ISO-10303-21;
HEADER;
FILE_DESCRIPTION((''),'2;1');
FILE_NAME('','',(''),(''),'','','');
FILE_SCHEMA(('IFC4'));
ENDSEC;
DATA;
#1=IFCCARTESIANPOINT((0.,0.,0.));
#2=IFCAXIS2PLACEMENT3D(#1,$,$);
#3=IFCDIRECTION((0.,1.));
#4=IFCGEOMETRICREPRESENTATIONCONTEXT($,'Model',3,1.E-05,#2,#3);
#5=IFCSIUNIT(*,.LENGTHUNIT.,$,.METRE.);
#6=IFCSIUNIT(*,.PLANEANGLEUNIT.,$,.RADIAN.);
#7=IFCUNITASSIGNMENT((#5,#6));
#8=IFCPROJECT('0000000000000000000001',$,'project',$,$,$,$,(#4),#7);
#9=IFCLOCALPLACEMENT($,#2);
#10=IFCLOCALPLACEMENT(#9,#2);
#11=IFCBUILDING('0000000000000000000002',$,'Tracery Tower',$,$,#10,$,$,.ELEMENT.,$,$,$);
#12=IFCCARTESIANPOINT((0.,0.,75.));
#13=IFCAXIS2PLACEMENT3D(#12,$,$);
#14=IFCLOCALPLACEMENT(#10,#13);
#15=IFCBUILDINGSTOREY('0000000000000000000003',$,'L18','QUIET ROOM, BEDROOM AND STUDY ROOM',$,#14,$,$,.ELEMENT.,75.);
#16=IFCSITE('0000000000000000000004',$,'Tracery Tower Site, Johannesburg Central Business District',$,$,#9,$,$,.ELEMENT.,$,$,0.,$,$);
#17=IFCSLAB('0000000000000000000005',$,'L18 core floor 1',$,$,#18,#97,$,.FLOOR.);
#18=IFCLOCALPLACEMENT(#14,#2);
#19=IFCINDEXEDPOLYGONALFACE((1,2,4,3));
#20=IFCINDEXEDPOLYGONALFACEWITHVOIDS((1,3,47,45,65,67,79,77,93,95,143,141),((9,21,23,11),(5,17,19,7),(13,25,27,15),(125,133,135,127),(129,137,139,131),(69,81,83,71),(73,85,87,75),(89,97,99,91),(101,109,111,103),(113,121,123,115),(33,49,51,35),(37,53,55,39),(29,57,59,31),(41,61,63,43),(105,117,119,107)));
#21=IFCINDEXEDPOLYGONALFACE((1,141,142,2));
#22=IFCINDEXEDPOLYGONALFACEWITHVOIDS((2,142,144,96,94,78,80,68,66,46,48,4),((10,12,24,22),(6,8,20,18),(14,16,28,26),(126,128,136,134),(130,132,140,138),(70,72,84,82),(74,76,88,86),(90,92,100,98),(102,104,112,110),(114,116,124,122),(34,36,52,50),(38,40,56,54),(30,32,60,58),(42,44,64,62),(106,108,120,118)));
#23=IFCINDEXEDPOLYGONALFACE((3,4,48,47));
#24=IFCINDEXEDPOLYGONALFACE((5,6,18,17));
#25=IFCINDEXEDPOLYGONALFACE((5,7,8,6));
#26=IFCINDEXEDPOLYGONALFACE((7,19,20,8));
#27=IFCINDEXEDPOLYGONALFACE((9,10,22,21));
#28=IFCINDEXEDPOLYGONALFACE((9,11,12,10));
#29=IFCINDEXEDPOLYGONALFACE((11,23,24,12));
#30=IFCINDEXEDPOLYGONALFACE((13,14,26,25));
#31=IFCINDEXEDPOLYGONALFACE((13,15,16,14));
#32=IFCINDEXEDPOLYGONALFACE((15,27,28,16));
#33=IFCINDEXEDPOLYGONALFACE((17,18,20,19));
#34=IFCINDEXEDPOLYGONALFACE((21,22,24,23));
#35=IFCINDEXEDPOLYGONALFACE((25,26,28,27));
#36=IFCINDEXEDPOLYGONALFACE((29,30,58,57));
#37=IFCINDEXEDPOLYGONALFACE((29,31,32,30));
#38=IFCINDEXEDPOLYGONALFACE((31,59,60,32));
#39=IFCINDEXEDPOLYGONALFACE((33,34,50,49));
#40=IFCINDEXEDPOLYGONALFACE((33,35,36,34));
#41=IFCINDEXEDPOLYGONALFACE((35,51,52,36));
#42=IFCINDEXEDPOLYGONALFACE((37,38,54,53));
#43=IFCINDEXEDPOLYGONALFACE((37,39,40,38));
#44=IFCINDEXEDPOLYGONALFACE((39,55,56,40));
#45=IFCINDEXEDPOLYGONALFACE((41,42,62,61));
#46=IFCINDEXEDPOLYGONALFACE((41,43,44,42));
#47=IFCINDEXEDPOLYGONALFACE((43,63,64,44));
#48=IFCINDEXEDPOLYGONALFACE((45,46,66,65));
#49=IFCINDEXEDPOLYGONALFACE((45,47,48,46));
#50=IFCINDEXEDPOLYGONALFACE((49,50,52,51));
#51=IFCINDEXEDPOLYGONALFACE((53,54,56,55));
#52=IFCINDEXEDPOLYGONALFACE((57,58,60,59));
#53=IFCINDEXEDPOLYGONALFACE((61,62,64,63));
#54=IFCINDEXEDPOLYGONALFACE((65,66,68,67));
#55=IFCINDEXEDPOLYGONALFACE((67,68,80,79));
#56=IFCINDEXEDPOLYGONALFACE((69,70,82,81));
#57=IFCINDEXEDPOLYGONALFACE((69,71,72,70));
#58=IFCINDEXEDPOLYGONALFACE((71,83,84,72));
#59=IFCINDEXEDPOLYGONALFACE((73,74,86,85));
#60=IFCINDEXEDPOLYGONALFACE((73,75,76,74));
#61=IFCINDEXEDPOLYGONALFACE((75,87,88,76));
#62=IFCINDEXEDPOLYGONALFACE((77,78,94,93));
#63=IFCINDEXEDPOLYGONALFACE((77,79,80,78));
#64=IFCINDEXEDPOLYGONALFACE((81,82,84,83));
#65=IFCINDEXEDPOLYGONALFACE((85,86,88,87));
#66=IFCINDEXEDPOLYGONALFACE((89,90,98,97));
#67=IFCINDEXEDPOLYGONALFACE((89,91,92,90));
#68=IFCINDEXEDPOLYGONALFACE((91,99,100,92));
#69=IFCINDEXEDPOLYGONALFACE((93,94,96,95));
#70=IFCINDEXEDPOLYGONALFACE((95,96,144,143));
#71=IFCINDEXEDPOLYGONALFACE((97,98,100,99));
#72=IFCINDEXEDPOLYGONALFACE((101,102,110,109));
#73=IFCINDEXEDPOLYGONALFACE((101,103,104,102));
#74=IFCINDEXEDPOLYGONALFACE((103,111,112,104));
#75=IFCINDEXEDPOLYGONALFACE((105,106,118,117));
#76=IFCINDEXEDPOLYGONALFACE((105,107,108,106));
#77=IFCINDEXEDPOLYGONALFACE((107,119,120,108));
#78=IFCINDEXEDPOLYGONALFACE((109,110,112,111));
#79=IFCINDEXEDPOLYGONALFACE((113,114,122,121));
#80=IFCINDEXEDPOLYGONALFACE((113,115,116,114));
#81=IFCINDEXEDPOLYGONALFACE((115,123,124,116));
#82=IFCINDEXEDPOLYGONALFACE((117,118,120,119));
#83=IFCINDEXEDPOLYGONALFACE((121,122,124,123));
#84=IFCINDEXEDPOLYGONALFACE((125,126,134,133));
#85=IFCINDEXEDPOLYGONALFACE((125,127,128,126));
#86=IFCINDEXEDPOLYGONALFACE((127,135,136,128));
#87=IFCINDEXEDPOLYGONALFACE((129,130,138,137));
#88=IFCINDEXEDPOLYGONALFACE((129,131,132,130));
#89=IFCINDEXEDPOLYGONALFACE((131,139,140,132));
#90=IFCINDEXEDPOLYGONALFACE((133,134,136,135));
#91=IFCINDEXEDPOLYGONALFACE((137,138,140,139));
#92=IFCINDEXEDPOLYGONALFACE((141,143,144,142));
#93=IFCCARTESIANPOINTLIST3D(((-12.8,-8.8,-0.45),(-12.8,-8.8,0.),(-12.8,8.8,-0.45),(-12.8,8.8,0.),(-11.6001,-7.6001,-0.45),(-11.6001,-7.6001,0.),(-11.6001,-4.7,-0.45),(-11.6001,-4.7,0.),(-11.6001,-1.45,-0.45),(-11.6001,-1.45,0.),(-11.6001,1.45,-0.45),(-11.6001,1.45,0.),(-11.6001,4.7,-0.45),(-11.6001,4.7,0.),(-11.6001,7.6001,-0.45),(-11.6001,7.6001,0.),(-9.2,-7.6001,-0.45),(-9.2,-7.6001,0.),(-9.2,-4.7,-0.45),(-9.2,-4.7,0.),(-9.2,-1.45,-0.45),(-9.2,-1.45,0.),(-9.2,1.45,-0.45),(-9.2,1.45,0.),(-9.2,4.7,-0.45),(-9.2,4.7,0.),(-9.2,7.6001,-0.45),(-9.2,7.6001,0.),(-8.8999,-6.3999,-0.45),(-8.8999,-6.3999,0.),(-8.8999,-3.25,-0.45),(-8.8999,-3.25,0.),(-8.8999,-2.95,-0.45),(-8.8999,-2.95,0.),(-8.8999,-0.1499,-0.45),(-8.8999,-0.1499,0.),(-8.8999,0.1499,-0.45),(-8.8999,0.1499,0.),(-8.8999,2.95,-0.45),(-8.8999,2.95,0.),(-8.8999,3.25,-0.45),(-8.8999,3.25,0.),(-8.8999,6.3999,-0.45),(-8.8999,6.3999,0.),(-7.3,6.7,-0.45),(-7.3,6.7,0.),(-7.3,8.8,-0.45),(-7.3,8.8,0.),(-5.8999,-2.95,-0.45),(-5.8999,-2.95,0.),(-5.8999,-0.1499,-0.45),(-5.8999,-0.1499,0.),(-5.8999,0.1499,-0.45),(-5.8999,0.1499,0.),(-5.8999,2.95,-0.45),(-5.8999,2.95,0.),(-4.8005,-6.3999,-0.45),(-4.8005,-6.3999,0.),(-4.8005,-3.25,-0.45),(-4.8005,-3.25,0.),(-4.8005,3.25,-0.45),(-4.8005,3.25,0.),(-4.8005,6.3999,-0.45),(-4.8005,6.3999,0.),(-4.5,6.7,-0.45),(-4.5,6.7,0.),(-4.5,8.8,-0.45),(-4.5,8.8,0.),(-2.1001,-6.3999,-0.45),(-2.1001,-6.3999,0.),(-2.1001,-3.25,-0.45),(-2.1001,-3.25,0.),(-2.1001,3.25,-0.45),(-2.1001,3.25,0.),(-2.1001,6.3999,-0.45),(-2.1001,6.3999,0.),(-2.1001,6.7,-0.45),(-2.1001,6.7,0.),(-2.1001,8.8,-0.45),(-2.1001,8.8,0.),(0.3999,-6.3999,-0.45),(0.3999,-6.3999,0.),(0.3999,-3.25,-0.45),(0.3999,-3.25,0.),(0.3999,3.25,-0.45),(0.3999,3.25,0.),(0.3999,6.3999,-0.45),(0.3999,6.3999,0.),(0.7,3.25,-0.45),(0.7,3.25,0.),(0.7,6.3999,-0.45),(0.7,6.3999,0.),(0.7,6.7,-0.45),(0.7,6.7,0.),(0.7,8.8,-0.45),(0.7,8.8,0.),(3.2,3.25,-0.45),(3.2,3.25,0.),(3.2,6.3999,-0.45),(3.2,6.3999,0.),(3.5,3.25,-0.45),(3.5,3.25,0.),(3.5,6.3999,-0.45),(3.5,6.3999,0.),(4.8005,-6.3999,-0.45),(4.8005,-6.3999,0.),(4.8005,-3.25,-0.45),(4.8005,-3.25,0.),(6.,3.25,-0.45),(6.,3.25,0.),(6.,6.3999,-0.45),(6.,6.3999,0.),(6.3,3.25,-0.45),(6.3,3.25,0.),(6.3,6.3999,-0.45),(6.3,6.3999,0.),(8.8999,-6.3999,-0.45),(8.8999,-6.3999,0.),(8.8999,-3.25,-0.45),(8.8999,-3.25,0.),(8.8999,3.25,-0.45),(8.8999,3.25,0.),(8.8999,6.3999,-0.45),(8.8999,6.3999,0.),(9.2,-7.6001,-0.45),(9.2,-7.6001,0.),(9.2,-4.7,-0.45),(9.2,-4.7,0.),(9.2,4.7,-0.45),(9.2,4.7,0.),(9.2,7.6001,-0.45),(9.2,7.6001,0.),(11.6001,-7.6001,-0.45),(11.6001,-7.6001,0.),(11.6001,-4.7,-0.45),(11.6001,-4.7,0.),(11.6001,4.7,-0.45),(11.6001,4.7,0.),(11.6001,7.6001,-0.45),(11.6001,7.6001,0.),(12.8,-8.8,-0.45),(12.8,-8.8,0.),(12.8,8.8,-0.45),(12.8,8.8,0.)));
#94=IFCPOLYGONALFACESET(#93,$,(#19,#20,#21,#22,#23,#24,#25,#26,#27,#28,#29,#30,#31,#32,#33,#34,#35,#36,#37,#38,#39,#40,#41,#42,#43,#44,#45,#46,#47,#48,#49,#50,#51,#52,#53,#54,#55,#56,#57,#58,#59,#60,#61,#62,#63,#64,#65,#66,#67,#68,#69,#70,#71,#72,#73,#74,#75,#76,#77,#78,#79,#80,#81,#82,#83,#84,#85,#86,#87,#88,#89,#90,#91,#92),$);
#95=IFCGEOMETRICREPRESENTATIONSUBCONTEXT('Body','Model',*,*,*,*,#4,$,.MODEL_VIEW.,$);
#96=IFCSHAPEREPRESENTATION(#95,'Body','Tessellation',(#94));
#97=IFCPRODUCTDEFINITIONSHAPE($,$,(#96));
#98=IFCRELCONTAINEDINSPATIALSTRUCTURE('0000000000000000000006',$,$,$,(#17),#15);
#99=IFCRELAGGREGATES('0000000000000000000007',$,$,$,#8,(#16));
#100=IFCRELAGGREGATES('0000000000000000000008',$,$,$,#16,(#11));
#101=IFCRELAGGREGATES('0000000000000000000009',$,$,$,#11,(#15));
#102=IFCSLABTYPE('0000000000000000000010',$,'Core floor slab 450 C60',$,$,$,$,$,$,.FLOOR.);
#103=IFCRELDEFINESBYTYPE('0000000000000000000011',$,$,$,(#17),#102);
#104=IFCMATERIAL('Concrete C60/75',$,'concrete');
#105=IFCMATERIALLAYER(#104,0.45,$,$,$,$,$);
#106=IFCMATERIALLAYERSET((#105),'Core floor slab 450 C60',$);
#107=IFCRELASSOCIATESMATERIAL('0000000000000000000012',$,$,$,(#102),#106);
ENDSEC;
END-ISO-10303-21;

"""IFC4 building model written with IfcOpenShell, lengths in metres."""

from ifc_helpers import new_model, si_unit, direction, frame, origin, place, context, subcontext, project, spatial, polyline, outline, extrude, material, layer, layer_set, type_object, element, save


model = new_model("IFC4")

# Units and contexts
model_context = context("Model", 3, precision=1e-05, world=origin(), true_north=direction((0.0, 1.0)))
body_context = subcontext(model_context, "Body", "Model", "MODEL_VIEW")
ifc_project = project(units=[si_unit("LENGTHUNIT", "METRE"), si_unit("PLANEANGLEUNIT", "RADIAN")], contexts=[model_context])

# Site, building, storey
site_placement = place(None, origin())
site = spatial("IfcSite", under=ifc_project, at=site_placement, Name="Tracery Tower Site, Johannesburg Central Business District", CompositionType="ELEMENT", RefElevation=0.0)
building_placement = place(site_placement, origin())
building = spatial("IfcBuilding", under=site, at=building_placement, Name="Tracery Tower", CompositionType="ELEMENT")
storey_placement = place(building_placement, frame((0.0, 0.0, 75.0)))
storey = spatial("IfcBuildingStorey", under=building, at=storey_placement, Name="L18", Description="QUIET ROOM, BEDROOM AND STUDY ROOM", CompositionType="ELEMENT", Elevation=75.0)

# Slab
ifc_material_1 = material(Name="Concrete C60/75", Category="concrete")
ifc_layer_1 = layer(ifc_material_1, 0.45)
ifc_layer_set_1 = layer_set([ifc_layer_1], Name="Core floor slab 450 C60")
slab_type_1 = type_object("IfcSlabType", Name="Core floor slab 450 C60", PredefinedType="FLOOR", material=ifc_layer_set_1)
slab_1_placement = place(storey_placement, frame((0.0, 0.0, -0.45)))
element("IfcSlab", 1, at=slab_1_placement, inside=storey, type_object=slab_type_1, Name="L18 core floor 1", PredefinedType="FLOOR", context=body_context, shape_type="SweptSolid", body=[
    extrude(outline(polyline([(-12.8, 8.8), (-7.3, 8.8), (-7.3, 6.7), (-4.5, 6.7), (-4.5, 8.8), (-2.1001, 8.8), (-2.1001, 6.7), (0.7, 6.7), (0.7, 8.8), (12.8, 8.8), (12.8, -8.8), (-12.8, -8.8), (-12.8, 8.8)]), holes=[polyline([(11.6001, -7.6001), (11.6001, -4.7), (9.2, -4.7), (9.2, -7.6001), (11.6001, -7.6001)]), polyline([(11.6001, 4.7), (11.6001, 7.6001), (9.2, 7.6001), (9.2, 4.7), (11.6001, 4.7)]), polyline([(4.8005, -3.25), (4.8005, -6.3999), (8.8999, -6.3999), (8.8999, -3.25), (4.8005, -3.25)]), polyline([(6.3, 3.25), (8.8999, 3.25), (8.8999, 6.3999), (6.3, 6.3999), (6.3, 3.25)]), polyline([(3.5, 3.25), (6.0, 3.25), (6.0, 6.3999), (3.5, 6.3999), (3.5, 3.25)]), polyline([(3.2, 3.25), (3.2, 6.3999), (0.7, 6.3999), (0.7, 3.25), (3.2, 3.25)]), polyline([(-2.1001, 3.25), (0.3999, 3.25), (0.3999, 6.3999), (-2.1001, 6.3999), (-2.1001, 3.25)]), polyline([(0.3999, -6.3999), (0.3999, -3.25), (-2.1001, -3.25), (-2.1001, -6.3999), (0.3999, -6.3999)]), polyline([(-4.8005, -3.25), (-8.8999, -3.25), (-8.8999, -6.3999), (-4.8005, -6.3999), (-4.8005, -3.25)]), polyline([(-4.8005, 6.3999), (-8.8999, 6.3999), (-8.8999, 3.25), (-4.8005, 3.25), (-4.8005, 6.3999)]), polyline([(-8.8999, -2.95), (-5.8999, -2.95), (-5.8999, -0.1499), (-8.8999, -0.1499), (-8.8999, -2.95)]), polyline([(-5.8999, 0.1499), (-5.8999, 2.95), (-8.8999, 2.95), (-8.8999, 0.1499), (-5.8999, 0.1499)]), polyline([(-11.6001, 4.7), (-9.2, 4.7), (-9.2, 7.6001), (-11.6001, 7.6001), (-11.6001, 4.7)]), polyline([(-9.2, -7.6001), (-9.2, -4.7), (-11.6001, -4.7), (-11.6001, -7.6001), (-9.2, -7.6001)]), polyline([(-9.2, -1.45), (-9.2, 1.45), (-11.6001, 1.45), (-11.6001, -1.45), (-9.2, -1.45)])]), origin(), (0.0, 0.0, 1.0), 0.45),
])

save(model, "model.ifc")
